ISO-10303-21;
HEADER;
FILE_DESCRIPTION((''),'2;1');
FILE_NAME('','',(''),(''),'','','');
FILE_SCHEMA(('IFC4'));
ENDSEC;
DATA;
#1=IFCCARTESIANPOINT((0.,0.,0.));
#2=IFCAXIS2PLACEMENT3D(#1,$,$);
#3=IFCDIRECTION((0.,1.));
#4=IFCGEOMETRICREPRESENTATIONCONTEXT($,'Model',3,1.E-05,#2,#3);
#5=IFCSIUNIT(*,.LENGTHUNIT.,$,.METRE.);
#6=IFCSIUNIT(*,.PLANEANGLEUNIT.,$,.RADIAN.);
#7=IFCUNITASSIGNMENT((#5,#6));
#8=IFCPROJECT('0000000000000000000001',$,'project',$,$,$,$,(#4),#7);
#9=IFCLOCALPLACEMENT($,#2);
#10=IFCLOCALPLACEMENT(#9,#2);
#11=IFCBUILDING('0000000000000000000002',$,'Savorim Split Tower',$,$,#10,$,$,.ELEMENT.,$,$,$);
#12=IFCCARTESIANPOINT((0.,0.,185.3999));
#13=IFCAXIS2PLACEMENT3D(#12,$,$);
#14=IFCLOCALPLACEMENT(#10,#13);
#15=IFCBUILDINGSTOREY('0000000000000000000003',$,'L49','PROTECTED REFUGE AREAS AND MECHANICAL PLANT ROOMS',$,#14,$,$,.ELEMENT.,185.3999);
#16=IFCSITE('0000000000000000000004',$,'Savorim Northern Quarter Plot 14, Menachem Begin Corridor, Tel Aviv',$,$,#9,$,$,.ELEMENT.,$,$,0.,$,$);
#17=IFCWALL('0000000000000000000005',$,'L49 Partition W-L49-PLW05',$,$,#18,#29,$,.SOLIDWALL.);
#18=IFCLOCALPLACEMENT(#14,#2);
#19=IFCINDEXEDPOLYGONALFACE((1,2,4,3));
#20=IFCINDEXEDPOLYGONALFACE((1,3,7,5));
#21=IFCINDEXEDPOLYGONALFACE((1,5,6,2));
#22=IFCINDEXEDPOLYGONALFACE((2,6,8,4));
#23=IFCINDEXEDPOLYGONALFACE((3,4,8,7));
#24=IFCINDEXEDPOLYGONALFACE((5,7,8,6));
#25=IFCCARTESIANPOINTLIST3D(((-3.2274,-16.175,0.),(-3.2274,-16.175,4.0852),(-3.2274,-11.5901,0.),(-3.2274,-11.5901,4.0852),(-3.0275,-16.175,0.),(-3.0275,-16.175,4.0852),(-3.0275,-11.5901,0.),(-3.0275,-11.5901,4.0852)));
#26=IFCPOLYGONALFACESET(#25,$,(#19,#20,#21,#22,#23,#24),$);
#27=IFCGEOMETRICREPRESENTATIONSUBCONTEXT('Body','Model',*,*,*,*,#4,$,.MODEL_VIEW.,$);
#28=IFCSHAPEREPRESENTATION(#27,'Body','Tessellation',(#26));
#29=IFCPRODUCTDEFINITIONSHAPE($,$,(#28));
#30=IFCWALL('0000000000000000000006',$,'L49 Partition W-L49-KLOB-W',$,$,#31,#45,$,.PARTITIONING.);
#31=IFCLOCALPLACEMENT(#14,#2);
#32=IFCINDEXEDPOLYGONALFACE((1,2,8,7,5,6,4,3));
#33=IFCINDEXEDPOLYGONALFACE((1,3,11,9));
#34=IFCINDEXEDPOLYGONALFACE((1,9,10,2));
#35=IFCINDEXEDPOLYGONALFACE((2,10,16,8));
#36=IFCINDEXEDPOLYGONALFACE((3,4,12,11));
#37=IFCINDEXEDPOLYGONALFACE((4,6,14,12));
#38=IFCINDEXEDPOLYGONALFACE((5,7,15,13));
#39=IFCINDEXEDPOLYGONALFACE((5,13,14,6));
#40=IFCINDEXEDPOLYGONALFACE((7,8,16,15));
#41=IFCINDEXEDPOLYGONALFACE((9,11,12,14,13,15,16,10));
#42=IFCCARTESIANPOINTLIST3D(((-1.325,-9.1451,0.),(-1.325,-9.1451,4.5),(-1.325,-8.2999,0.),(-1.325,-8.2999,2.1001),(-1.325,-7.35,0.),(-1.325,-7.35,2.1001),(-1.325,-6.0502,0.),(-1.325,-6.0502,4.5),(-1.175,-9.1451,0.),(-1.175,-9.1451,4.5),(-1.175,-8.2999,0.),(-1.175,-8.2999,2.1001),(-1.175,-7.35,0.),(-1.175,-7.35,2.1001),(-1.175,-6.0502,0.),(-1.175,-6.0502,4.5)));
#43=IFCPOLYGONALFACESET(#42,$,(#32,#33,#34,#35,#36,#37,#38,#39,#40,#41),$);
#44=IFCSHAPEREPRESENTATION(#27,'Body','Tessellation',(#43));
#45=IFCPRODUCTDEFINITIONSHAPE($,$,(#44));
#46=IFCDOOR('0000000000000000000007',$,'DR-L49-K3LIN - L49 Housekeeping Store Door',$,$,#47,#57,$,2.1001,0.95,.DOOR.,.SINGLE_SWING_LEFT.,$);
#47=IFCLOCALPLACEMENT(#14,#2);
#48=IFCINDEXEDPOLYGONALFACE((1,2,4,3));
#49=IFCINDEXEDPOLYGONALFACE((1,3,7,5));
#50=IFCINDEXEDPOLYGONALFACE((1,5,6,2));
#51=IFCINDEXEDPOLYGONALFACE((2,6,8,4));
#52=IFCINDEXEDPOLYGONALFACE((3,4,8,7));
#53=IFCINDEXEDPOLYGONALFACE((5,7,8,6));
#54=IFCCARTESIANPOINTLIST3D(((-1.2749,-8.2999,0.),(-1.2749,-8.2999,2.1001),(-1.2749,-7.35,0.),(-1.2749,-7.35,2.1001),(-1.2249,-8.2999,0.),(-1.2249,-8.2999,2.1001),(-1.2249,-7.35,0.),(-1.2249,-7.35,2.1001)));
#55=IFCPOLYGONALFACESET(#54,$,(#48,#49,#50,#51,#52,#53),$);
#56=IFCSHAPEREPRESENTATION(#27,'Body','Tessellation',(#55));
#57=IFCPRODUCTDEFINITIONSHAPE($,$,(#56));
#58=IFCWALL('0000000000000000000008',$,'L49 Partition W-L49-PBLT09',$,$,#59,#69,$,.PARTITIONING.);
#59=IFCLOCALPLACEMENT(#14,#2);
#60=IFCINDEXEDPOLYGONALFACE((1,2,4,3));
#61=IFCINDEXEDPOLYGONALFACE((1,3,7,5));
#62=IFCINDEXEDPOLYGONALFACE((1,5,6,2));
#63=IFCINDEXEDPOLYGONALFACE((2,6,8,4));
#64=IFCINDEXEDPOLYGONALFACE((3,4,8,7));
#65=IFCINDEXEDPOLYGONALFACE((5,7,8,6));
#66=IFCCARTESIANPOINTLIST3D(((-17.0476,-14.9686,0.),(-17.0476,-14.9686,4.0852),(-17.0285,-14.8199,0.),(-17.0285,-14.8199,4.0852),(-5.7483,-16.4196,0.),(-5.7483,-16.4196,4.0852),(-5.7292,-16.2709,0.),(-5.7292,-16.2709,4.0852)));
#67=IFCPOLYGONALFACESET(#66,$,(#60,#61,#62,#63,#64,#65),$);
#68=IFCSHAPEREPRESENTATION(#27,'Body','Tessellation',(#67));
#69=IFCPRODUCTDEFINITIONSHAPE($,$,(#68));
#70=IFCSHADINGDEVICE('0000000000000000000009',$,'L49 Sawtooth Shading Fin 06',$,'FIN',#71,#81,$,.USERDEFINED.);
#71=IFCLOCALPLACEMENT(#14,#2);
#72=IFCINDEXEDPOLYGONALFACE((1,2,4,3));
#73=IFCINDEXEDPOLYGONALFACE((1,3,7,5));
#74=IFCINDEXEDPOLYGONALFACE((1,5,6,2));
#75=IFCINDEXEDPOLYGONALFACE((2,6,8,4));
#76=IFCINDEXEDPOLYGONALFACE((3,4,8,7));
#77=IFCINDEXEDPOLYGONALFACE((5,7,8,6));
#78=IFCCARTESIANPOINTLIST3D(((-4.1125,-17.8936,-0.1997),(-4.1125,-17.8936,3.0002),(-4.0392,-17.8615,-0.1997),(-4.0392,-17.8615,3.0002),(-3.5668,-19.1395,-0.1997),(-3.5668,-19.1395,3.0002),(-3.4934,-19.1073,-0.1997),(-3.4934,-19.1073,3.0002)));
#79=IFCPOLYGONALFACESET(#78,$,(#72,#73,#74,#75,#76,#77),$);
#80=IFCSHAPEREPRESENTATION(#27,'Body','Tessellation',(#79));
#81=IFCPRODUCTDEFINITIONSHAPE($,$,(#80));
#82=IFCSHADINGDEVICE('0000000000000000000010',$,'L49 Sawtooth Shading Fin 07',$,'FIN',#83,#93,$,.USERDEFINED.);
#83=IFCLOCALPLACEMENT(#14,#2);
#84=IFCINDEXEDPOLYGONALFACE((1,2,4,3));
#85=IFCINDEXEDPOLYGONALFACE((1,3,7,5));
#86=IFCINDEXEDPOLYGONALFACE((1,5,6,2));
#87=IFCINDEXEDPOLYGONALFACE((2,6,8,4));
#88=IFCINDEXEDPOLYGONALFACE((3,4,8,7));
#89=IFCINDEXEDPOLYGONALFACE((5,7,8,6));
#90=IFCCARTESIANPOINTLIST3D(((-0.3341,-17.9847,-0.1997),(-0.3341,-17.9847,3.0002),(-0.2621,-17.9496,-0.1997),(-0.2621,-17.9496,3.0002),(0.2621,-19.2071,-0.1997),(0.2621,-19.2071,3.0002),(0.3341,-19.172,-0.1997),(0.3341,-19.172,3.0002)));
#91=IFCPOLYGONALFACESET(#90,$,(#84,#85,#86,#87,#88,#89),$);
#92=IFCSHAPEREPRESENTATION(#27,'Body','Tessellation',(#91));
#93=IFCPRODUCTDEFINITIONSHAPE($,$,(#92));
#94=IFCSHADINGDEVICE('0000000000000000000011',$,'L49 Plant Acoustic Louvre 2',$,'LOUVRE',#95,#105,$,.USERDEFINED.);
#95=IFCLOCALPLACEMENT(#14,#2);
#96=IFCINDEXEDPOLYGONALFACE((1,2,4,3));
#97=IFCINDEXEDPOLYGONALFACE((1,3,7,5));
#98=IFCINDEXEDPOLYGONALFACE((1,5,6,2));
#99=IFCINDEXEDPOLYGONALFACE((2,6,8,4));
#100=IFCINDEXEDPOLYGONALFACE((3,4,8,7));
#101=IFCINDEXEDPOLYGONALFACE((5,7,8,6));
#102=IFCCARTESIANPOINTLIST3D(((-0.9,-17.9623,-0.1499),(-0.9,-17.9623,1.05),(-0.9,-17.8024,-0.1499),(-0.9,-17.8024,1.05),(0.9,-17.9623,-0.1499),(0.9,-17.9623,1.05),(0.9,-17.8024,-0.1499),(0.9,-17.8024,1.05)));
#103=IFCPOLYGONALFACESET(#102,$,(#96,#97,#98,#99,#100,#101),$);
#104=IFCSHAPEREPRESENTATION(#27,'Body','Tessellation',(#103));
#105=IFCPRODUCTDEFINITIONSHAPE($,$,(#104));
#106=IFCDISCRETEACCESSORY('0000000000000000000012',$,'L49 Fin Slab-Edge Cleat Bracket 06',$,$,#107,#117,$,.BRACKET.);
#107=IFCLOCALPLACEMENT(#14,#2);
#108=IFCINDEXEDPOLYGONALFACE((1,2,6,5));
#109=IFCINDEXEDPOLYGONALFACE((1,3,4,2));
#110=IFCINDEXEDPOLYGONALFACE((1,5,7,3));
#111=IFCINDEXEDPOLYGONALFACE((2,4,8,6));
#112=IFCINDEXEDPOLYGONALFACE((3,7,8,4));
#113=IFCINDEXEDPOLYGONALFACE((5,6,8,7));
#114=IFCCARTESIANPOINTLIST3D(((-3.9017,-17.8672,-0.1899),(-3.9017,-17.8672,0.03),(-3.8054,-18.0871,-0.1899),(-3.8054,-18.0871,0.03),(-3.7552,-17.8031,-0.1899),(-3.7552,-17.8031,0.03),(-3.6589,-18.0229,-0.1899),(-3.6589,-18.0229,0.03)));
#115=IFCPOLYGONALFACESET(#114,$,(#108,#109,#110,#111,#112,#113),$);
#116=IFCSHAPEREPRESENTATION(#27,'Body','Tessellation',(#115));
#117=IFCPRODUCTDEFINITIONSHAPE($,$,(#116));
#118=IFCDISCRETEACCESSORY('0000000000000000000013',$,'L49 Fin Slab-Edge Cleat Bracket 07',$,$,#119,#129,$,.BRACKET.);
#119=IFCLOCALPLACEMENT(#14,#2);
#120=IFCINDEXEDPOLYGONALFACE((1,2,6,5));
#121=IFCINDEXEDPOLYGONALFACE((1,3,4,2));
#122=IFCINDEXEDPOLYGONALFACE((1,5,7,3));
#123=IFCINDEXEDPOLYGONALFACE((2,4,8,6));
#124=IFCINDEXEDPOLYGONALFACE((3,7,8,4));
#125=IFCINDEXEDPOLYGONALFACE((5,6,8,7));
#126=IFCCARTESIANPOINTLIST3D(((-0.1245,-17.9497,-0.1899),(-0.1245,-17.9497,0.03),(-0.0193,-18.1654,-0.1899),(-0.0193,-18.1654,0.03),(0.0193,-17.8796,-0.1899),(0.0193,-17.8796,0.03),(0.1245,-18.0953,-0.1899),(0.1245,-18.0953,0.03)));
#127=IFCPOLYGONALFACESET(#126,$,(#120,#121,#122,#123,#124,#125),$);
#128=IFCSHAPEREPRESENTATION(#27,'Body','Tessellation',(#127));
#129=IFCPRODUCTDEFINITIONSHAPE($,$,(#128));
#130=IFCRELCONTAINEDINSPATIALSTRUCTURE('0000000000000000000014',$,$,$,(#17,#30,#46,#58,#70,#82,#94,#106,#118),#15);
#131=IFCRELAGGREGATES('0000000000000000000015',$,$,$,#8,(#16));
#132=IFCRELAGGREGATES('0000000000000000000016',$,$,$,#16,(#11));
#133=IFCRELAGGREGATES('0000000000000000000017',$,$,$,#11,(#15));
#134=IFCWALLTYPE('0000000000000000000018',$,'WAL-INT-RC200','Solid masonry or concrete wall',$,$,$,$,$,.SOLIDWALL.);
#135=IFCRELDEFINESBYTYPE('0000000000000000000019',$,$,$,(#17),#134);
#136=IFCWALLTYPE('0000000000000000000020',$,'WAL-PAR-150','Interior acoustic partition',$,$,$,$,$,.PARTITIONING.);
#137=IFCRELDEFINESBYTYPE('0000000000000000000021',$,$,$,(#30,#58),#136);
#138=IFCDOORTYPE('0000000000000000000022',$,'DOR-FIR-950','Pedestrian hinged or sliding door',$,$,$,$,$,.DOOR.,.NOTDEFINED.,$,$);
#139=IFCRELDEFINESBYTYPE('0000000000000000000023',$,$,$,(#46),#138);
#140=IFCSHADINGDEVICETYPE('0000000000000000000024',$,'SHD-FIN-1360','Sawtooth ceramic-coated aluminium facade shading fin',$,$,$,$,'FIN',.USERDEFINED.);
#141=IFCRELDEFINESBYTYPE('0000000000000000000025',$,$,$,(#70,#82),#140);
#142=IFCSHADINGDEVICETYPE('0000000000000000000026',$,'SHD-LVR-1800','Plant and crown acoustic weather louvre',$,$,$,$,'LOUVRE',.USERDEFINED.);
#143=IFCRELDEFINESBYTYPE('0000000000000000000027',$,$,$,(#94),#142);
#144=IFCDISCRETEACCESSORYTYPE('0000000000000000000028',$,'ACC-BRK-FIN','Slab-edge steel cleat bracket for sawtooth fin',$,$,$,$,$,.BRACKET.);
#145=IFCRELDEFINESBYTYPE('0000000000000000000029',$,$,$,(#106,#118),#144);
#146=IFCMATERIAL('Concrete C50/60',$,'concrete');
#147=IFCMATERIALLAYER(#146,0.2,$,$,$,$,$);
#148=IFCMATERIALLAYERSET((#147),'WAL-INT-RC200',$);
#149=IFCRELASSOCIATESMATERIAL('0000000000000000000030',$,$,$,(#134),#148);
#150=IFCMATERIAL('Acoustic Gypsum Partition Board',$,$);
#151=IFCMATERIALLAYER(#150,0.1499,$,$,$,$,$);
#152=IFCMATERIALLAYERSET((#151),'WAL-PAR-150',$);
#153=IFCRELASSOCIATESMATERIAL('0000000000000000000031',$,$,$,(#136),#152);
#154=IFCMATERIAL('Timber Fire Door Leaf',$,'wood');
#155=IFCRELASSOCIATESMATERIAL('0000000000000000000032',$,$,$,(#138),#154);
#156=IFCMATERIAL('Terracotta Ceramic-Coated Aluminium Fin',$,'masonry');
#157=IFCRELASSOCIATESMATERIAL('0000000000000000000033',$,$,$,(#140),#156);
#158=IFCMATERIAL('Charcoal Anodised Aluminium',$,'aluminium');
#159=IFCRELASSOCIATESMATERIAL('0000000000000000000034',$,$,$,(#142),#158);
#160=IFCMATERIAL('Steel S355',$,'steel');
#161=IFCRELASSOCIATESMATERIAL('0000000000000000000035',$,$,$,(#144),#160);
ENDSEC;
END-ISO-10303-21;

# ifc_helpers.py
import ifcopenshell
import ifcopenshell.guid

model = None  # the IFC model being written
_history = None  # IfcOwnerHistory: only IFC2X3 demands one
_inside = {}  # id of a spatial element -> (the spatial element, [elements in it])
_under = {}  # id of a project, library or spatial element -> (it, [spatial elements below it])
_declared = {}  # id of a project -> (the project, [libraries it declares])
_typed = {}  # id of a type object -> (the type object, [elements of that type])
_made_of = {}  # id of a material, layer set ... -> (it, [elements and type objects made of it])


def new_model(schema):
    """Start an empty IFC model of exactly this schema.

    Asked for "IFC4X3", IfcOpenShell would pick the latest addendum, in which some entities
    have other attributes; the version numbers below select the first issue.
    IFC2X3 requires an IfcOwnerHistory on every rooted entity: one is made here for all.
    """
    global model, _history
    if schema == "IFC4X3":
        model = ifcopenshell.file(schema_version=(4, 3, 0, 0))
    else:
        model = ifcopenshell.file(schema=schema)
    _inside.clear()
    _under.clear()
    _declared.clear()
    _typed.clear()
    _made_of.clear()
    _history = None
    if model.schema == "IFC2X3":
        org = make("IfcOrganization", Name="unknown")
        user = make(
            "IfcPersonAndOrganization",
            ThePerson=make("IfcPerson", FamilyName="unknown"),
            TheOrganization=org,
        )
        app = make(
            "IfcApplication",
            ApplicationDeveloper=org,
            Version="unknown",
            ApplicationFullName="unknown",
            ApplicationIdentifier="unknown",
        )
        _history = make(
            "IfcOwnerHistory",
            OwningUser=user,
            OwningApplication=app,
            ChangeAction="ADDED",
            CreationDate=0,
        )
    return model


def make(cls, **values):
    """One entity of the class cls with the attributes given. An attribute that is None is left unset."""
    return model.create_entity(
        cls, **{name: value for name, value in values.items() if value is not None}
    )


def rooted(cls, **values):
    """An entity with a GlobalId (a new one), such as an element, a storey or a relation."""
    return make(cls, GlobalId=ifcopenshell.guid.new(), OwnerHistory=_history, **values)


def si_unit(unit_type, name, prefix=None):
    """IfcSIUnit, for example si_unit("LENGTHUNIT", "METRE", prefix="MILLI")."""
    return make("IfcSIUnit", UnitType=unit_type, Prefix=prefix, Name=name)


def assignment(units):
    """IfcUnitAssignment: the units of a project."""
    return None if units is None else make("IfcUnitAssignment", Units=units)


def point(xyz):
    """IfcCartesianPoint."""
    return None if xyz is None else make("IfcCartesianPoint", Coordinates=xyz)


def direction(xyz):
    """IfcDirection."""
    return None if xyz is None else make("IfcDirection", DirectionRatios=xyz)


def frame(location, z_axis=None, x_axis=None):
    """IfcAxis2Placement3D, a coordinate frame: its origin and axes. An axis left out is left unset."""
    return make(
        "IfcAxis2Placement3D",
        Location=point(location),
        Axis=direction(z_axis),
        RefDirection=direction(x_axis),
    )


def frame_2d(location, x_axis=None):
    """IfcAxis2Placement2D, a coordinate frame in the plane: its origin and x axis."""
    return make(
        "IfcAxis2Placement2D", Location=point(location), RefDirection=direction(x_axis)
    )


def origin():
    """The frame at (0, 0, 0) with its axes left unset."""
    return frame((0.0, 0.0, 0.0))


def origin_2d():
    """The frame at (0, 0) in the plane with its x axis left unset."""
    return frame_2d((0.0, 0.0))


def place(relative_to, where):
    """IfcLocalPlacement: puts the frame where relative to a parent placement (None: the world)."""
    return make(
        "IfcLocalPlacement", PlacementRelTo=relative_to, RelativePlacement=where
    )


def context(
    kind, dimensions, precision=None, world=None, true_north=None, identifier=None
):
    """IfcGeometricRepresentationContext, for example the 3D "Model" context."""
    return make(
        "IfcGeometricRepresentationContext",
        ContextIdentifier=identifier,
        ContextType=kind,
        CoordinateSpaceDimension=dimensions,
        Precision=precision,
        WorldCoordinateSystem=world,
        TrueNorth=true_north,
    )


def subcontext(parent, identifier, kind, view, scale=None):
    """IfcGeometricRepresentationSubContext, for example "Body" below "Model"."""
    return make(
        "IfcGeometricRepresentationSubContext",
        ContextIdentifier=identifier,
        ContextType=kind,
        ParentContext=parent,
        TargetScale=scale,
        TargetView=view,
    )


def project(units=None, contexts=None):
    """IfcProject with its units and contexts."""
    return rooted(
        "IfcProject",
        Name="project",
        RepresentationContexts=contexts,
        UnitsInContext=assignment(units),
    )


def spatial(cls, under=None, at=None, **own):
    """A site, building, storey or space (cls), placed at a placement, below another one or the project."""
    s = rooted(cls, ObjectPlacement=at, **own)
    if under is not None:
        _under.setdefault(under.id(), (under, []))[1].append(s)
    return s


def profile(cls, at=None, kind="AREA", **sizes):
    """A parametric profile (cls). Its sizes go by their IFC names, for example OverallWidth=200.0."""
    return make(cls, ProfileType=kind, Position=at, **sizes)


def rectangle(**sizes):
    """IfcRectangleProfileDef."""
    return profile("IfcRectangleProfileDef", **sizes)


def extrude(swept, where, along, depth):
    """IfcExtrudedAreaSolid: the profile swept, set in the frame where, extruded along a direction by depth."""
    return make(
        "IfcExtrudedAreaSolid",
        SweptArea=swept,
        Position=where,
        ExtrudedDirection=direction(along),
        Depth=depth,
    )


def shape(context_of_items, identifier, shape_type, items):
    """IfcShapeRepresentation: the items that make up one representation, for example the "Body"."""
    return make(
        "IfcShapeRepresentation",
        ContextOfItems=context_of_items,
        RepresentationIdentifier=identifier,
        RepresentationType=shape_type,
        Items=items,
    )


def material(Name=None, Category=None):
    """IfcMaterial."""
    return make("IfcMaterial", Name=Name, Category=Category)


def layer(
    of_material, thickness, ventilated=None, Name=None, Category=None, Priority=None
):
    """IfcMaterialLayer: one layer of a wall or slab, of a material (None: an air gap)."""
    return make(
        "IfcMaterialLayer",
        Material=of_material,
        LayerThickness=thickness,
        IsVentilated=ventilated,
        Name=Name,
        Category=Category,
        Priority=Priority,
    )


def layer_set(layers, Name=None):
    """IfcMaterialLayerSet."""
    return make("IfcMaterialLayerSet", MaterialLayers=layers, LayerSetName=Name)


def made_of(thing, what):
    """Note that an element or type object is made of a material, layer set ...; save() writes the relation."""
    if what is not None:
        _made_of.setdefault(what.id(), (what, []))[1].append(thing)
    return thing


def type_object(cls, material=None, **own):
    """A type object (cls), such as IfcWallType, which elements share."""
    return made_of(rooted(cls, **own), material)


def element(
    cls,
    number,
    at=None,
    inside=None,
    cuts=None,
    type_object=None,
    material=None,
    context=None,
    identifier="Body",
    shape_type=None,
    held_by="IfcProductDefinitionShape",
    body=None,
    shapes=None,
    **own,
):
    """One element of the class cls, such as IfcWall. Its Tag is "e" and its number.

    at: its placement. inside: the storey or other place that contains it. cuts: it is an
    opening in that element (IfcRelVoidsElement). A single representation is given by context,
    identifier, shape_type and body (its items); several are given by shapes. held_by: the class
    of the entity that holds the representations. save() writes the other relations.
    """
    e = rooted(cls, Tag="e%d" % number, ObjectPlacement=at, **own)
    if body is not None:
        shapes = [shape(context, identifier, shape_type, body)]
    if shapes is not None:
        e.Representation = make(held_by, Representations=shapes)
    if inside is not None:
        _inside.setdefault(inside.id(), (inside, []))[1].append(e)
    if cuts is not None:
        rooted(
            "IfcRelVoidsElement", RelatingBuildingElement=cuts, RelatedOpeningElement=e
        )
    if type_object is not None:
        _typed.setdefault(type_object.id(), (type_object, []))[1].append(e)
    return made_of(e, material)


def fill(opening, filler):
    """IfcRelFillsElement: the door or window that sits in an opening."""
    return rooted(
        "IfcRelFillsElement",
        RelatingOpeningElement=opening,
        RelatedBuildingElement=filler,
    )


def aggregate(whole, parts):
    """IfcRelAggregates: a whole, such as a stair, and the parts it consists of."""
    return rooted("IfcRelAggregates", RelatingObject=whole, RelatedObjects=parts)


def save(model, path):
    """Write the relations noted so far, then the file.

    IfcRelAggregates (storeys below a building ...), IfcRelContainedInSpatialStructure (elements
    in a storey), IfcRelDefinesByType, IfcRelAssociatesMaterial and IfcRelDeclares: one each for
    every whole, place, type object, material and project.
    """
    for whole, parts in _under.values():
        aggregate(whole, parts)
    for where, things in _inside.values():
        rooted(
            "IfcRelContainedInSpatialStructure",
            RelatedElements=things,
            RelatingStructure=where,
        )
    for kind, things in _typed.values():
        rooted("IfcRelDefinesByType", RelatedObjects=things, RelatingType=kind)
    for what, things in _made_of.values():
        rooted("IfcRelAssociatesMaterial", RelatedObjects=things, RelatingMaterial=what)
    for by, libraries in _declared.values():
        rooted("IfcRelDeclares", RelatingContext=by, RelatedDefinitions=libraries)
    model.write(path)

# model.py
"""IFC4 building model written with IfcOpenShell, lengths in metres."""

from ifc_helpers import new_model, si_unit, direction, frame, frame_2d, origin, origin_2d, place, context, subcontext, project, spatial, rectangle, extrude, material, layer, layer_set, type_object, element, fill, save


model = new_model("IFC4")

# Units and contexts
model_context = context("Model", 3, precision=1e-05, world=origin(), true_north=direction((0.0, 1.0)))
body_context = subcontext(model_context, "Body", "Model", "MODEL_VIEW")
ifc_project = project(units=[si_unit("LENGTHUNIT", "METRE"), si_unit("PLANEANGLEUNIT", "RADIAN")], contexts=[model_context])

# Site, building, storey
site_placement = place(None, origin())
site = spatial("IfcSite", under=ifc_project, at=site_placement, Name="Savorim Northern Quarter Plot 14, Menachem Begin Corridor, Tel Aviv", CompositionType="ELEMENT", RefElevation=0.0)
building_placement = place(site_placement, origin())
building = spatial("IfcBuilding", under=site, at=building_placement, Name="Savorim Split Tower", CompositionType="ELEMENT")
storey_placement = place(building_placement, frame((0.0, 0.0, 185.3999)))
storey = spatial("IfcBuildingStorey", under=building, at=storey_placement, Name="L49", Description="PROTECTED REFUGE AREAS AND MECHANICAL PLANT ROOMS", CompositionType="ELEMENT", Elevation=185.3999)

# Shared definitions
ifc_material_1 = material(Name="Steel S355", Category="steel")

# Shared definitions
ifc_material_2 = material(Name="Charcoal Anodised Aluminium", Category="aluminium")

# Wall
ifc_material_3 = material(Name="Concrete C50/60", Category="concrete")
ifc_layer_1 = layer(ifc_material_3, 0.2)
ifc_layer_set_1 = layer_set([ifc_layer_1], Name="WAL-INT-RC200")
wall_type_1 = type_object("IfcWallType", Name="WAL-INT-RC200", Description="Solid masonry or concrete wall", PredefinedType="SOLIDWALL", material=ifc_layer_set_1)
wall_1_placement = place(storey_placement, frame((-3.1274, -11.5901, 0.0), z_axis=(0.0, 0.0, 1.0), x_axis=(0.0, -1.0, 0.0)))
element("IfcWall", 1, at=wall_1_placement, inside=storey, type_object=wall_type_1, Name="L49 Partition W-L49-PLW05", PredefinedType="SOLIDWALL", context=body_context, shape_type="SweptSolid", body=[
    extrude(rectangle(XDim=4.585, YDim=0.2, at=frame_2d((2.2925, 0.0))), origin(), (0.0, 0.0, 1.0), 4.0852),
])

# Wall, opening, door
ifc_material_4 = material(Name="Acoustic Gypsum Partition Board")
ifc_layer_2 = layer(ifc_material_4, 0.1499)
ifc_layer_set_2 = layer_set([ifc_layer_2], Name="WAL-PAR-150")
wall_type_2 = type_object("IfcWallType", Name="WAL-PAR-150", Description="Interior acoustic partition", PredefinedType="PARTITIONING", material=ifc_layer_set_2)
wall_2_placement = place(storey_placement, frame((-1.25, -9.145, 0.0), z_axis=(0.0, 0.0, 1.0), x_axis=(0.0, 1.0, 0.0)))
wall_2 = element("IfcWall", 2, at=wall_2_placement, inside=storey, type_object=wall_type_2, Name="L49 Partition W-L49-KLOB-W", PredefinedType="PARTITIONING", context=body_context, shape_type="SweptSolid", body=[
    extrude(rectangle(XDim=3.095, YDim=0.1499, at=frame_2d((1.5474, 0.0))), origin(), (0.0, 0.0, 1.0), 4.5),
])
opening_placement = place(wall_2_placement, frame((0.845, 0.0, 0.0)))
opening = element("IfcOpeningElement", 3, at=opening_placement, cuts=wall_2, PredefinedType="OPENING", context=body_context, shape_type="SweptSolid", body=[
    extrude(rectangle(XDim=0.95, YDim=2.1001, at=frame_2d((0.4751, 1.05))), frame((0.0, 0.085, 0.0), z_axis=(0.0, -1.0, 0.0), x_axis=(1.0, 0.0, 0.0)), (0.0, 0.0, 1.0), 0.1699),
])
ifc_material_5 = material(Name="Timber Fire Door Leaf", Category="wood")
door_type = type_object("IfcDoorType", Name="DOR-FIR-950", Description="Pedestrian hinged or sliding door", OperationType="NOTDEFINED", PredefinedType="DOOR", material=ifc_material_5)
door_placement = place(opening_placement, origin())
door = element("IfcDoor", 4, at=door_placement, inside=storey, type_object=door_type, Name="DR-L49-K3LIN - L49 Housekeeping Store Door", OperationType="SINGLE_SWING_LEFT", OverallHeight=2.1001, OverallWidth=0.95, PredefinedType="DOOR", context=body_context, shape_type="SweptSolid", body=[
    extrude(rectangle(XDim=0.95, YDim=2.1001, at=frame_2d((0.4751, 1.05))), frame((0.0, 0.0249, 0.0), z_axis=(0.0, -1.0, 0.0), x_axis=(1.0, 0.0, 0.0)), (0.0, 0.0, 1.0), 0.05),
])
fill(opening, door)

# Wall
wall_3_placement = place(storey_placement, frame((-5.7388, -16.3452, 0.0), z_axis=(0.0, 0.0, 1.0), x_axis=(-0.991856, 0.127363, 0.0)))
element("IfcWall", 5, at=wall_3_placement, inside=storey, type_object=wall_type_2, Name="L49 Partition W-L49-PBLT09", PredefinedType="PARTITIONING", context=body_context, shape_type="SweptSolid", body=[
    extrude(rectangle(XDim=11.3921, YDim=0.1499, at=frame_2d((5.696, 0.0))), origin(), (0.0, 0.0, 1.0), 4.0852),
])

# Shading devices
ifc_material_6 = material(Name="Terracotta Ceramic-Coated Aluminium Fin", Category="masonry")
shading_device_type_1 = type_object("IfcShadingDeviceType", Name="SHD-FIN-1360", Description="Sawtooth ceramic-coated aluminium facade shading fin", ElementType="FIN", PredefinedType="USERDEFINED", material=ifc_material_6)
for number, where, z_axis, x_axis, name in (
    (6, (-3.803, -18.5005, -0.1997), (0.0, 0.0, 1.0), (0.40123, -0.915977, 0.0), "L49 Sawtooth Shading Fin 06"),
    (7, (0.0, -18.5784, -0.1997), (0.0, 0.0, 1.0), (0.438371, -0.898794, 0.0), "L49 Sawtooth Shading Fin 07"),
):
    element("IfcShadingDevice", number, at=place(storey_placement, frame(where, z_axis=z_axis, x_axis=x_axis)), inside=storey, type_object=shading_device_type_1, Name=name, ObjectType="FIN", PredefinedType="USERDEFINED", context=body_context, shape_type="SweptSolid", body=[
        extrude(rectangle(XDim=1.3601, YDim=0.0801, at=origin_2d()), origin(), (0.0, 0.0, 1.0), 3.2),
    ])
shading_device_type_2 = type_object("IfcShadingDeviceType", Name="SHD-LVR-1800", Description="Plant and crown acoustic weather louvre", ElementType="LOUVRE", PredefinedType="USERDEFINED", material=ifc_material_2)
shading_device_placement = place(storey_placement, frame((0.0, -17.8823, -0.1499), z_axis=(0.0, 0.0, 1.0), x_axis=(1.0, 0.0, 0.0)))
element("IfcShadingDevice", 8, at=shading_device_placement, inside=storey, type_object=shading_device_type_2, Name="L49 Plant Acoustic Louvre 2", ObjectType="LOUVRE", PredefinedType="USERDEFINED", context=body_context, shape_type="SweptSolid", body=[
    extrude(rectangle(XDim=1.8, YDim=0.1599, at=origin_2d()), origin(), (0.0, 0.0, 1.0), 1.2),
])

# Discrete accessories
discrete_accessory_type = type_object("IfcDiscreteAccessoryType", Name="ACC-BRK-FIN", Description="Slab-edge steel cleat bracket for sawtooth fin", PredefinedType="BRACKET", material=ifc_material_1)
for number, where, z_axis, x_axis, name in (
    (9, (-3.7803, -17.9451, -0.1899), (0.0, 0.0, 1.0), (0.40123, -0.915977, 0.0), "L49 Fin Slab-Edge Cleat Bracket 06"),
    (10, (0.0, -18.0225, -0.1899), (0.0, 0.0, 1.0), (0.438371, -0.898794, 0.0), "L49 Fin Slab-Edge Cleat Bracket 07"),
):
    element("IfcDiscreteAccessory", number, at=place(storey_placement, frame(where, z_axis=z_axis, x_axis=x_axis)), inside=storey, type_object=discrete_accessory_type, Name=name, PredefinedType="BRACKET", context=body_context, shape_type="SweptSolid", body=[
        extrude(rectangle(XDim=0.24, YDim=0.1599, at=origin_2d()), origin(), (0.0, 0.0, 1.0), 0.22),
    ])

save(model, "model.ifc")
